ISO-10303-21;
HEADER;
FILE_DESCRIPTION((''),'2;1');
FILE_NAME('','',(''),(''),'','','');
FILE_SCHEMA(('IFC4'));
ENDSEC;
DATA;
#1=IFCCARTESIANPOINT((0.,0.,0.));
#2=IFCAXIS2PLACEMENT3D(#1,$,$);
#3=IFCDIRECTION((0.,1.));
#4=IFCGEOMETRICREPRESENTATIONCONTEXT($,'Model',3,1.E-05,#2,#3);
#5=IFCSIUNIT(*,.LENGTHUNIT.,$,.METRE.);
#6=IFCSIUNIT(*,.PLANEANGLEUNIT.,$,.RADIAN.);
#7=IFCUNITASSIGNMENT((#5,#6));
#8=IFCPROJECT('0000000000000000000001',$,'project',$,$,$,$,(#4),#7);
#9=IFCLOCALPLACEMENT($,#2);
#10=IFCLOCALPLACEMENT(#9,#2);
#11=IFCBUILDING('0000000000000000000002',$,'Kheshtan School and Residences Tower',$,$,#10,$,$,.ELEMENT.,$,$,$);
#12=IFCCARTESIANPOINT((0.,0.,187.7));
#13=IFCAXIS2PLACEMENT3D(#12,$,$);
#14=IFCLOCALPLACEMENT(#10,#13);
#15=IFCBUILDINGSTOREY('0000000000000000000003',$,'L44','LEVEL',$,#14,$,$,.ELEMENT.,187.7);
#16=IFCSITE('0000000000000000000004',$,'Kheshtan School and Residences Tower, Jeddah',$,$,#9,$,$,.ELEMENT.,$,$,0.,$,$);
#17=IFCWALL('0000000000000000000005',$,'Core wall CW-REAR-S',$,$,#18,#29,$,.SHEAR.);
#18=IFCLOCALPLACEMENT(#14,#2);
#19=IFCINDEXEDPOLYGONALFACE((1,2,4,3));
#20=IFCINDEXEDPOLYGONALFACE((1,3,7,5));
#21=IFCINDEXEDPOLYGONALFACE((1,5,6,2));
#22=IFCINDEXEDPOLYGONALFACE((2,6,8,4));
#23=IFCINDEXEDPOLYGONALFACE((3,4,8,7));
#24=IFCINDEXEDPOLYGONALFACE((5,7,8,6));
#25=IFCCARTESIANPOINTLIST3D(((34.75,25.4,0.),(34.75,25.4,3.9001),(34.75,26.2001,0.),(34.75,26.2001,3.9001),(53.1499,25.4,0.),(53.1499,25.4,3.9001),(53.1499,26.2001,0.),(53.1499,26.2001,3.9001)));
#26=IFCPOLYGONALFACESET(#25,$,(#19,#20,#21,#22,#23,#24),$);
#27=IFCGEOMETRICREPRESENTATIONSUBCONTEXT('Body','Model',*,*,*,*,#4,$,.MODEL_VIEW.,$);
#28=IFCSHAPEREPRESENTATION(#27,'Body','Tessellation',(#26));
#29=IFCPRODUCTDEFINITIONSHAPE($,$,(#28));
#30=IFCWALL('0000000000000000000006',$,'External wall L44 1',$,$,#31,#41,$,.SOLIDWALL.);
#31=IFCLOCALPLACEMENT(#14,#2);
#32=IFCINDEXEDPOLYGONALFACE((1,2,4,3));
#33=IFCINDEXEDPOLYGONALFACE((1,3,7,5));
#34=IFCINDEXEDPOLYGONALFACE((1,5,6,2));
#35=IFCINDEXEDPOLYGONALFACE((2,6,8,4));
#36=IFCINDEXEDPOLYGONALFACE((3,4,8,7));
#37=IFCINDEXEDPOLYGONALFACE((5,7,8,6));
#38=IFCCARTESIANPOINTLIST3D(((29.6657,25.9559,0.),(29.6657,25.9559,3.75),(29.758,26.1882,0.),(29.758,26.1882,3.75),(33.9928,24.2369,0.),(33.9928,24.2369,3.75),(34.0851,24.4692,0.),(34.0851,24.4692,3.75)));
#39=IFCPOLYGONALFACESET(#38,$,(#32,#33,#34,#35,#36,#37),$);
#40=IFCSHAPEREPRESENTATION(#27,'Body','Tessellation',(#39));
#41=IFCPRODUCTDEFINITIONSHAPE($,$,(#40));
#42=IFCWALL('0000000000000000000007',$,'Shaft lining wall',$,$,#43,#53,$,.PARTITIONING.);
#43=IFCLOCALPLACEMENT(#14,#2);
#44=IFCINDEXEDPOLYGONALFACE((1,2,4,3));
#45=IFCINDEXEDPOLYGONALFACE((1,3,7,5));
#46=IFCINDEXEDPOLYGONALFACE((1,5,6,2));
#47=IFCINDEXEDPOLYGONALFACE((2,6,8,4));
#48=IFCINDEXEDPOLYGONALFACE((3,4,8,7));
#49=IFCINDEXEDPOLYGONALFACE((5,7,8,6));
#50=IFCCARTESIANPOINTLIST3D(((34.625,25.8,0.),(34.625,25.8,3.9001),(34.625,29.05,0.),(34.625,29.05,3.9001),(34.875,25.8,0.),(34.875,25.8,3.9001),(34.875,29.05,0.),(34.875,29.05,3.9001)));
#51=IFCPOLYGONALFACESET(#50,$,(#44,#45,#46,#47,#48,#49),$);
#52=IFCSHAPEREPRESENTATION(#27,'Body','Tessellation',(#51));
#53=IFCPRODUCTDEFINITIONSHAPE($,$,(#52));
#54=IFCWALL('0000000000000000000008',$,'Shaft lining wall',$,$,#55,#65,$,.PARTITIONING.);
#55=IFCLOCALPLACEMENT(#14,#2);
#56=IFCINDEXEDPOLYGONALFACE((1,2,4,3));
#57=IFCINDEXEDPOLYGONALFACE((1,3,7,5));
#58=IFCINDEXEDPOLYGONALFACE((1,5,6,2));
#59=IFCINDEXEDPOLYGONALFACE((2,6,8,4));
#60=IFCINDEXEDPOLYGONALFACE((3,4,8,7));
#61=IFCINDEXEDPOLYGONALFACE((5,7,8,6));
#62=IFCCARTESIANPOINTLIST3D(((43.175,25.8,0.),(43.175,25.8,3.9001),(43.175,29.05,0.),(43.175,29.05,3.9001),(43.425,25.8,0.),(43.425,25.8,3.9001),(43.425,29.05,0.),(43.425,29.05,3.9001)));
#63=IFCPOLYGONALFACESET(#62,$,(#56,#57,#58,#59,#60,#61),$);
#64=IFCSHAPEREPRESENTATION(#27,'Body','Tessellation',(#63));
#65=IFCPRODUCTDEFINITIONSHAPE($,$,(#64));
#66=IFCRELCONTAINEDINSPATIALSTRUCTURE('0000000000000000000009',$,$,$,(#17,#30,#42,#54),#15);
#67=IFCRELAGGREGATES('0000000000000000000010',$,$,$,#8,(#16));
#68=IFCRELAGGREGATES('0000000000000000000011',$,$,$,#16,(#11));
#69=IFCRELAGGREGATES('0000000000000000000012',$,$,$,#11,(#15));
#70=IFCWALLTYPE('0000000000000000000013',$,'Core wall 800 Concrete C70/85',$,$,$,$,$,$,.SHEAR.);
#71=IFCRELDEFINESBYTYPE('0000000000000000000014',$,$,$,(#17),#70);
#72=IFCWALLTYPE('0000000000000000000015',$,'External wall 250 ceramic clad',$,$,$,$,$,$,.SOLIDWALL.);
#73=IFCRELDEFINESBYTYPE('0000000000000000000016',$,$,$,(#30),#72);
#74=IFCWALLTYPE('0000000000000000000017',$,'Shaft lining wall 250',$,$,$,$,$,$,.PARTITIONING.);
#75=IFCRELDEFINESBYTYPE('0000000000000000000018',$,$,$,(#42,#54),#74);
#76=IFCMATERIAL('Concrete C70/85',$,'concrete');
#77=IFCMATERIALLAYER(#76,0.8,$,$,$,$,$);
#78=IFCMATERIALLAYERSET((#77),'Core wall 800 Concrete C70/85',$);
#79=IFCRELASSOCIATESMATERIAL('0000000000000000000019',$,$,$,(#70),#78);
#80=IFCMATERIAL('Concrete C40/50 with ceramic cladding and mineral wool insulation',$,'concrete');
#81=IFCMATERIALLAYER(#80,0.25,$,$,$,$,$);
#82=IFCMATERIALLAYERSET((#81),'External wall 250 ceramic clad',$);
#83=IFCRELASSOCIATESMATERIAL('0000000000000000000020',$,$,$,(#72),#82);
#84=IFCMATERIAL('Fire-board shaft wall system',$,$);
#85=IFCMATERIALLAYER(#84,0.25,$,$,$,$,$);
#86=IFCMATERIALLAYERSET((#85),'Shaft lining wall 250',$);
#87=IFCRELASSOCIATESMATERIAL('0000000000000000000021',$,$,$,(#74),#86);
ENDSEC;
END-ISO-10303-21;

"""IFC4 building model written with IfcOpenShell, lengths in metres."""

from ifc_helpers import new_model, si_unit, direction, frame, frame_2d, origin, place, context, subcontext, project, spatial, rectangle, extrude, material, layer, layer_set, type_object, element, save


model = new_model("IFC4")

# Units and contexts
model_context = context("Model", 3, precision=1e-05, world=origin(), true_north=direction((0.0, 1.0)))
body_context = subcontext(model_context, "Body", "Model", "MODEL_VIEW")
ifc_project = project(units=[si_unit("LENGTHUNIT", "METRE"), si_unit("PLANEANGLEUNIT", "RADIAN")], contexts=[model_context])

# Site, building, storey
site_placement = place(None, origin())
site = spatial("IfcSite", under=ifc_project, at=site_placement, Name="Kheshtan School and Residences Tower, Jeddah", CompositionType="ELEMENT", RefElevation=0.0)
building_placement = place(site_placement, origin())
building = spatial("IfcBuilding", under=site, at=building_placement, Name="Kheshtan School and Residences Tower", CompositionType="ELEMENT")
storey_placement = place(building_placement, frame((0.0, 0.0, 187.7)))
storey = spatial("IfcBuildingStorey", under=building, at=storey_placement, Name="L44", Description="LEVEL", CompositionType="ELEMENT", Elevation=187.7)

# Walls
ifc_material_1 = material(Name="Concrete C70/85", Category="concrete")
ifc_layer_1 = layer(ifc_material_1, 0.8)
ifc_layer_set_1 = layer_set([ifc_layer_1], Name="Core wall 800 Concrete C70/85")
wall_type_1 = type_object("IfcWallType", Name="Core wall 800 Concrete C70/85", PredefinedType="SHEAR", material=ifc_layer_set_1)
wall_1_placement = place(storey_placement, frame((34.75, 25.8, 0.0), z_axis=(0.0, 0.0, 1.0), x_axis=(1.0, 0.0, 0.0)))
element("IfcWall", 1, at=wall_1_placement, inside=storey, type_object=wall_type_1, Name="Core wall CW-REAR-S", PredefinedType="SHEAR", context=body_context, shape_type="SweptSolid", body=[
    extrude(rectangle(XDim=18.3999, YDim=0.8, at=frame_2d((9.2, 0.0))), origin(), (0.0, 0.0, 1.0), 3.9001),
])
ifc_material_2 = material(Name="Concrete C40/50 with ceramic cladding and mineral wool insulation", Category="concrete")
ifc_layer_2 = layer(ifc_material_2, 0.25)
ifc_layer_set_2 = layer_set([ifc_layer_2], Name="External wall 250 ceramic clad")
wall_type_2 = type_object("IfcWallType", Name="External wall 250 ceramic clad", PredefinedType="SOLIDWALL", material=ifc_layer_set_2)
wall_2_placement = place(storey_placement, frame((34.0391, 24.353, 0.0), z_axis=(0.0, 0.0, 1.0), x_axis=(-0.929353, 0.369193, 0.0)))
element("IfcWall", 2, at=wall_2_placement, inside=storey, type_object=wall_type_2, Name="External wall L44 1", PredefinedType="SOLIDWALL", context=body_context, shape_type="SweptSolid", body=[
    extrude(rectangle(XDim=4.656, YDim=0.25, at=frame_2d((2.3281, 0.0))), origin(), (0.0, 0.0, 1.0), 3.75),
])
ifc_material_3 = material(Name="Fire-board shaft wall system")
ifc_layer_3 = layer(ifc_material_3, 0.25)
ifc_layer_set_3 = layer_set([ifc_layer_3], Name="Shaft lining wall 250")
wall_type_3 = type_object("IfcWallType", Name="Shaft lining wall 250", PredefinedType="PARTITIONING", material=ifc_layer_set_3)
for number, where, z_axis, x_axis, name in (
    (3, (34.75, 25.8, 0.0), (0.0, 0.0, 1.0), (0.0, 1.0, 0.0), "Shaft lining wall"),
    (4, (43.3, 25.8, 0.0), (0.0, 0.0, 1.0), (0.0, 1.0, 0.0), "Shaft lining wall"),
):
    element("IfcWall", number, at=place(storey_placement, frame(where, z_axis=z_axis, x_axis=x_axis)), inside=storey, type_object=wall_type_3, Name=name, PredefinedType="PARTITIONING", context=body_context, shape_type="SweptSolid", body=[
        extrude(rectangle(XDim=3.25, YDim=0.25, at=frame_2d((1.625, 0.0))), origin(), (0.0, 0.0, 1.0), 3.9001),
    ])

save(model, "model.ifc")
